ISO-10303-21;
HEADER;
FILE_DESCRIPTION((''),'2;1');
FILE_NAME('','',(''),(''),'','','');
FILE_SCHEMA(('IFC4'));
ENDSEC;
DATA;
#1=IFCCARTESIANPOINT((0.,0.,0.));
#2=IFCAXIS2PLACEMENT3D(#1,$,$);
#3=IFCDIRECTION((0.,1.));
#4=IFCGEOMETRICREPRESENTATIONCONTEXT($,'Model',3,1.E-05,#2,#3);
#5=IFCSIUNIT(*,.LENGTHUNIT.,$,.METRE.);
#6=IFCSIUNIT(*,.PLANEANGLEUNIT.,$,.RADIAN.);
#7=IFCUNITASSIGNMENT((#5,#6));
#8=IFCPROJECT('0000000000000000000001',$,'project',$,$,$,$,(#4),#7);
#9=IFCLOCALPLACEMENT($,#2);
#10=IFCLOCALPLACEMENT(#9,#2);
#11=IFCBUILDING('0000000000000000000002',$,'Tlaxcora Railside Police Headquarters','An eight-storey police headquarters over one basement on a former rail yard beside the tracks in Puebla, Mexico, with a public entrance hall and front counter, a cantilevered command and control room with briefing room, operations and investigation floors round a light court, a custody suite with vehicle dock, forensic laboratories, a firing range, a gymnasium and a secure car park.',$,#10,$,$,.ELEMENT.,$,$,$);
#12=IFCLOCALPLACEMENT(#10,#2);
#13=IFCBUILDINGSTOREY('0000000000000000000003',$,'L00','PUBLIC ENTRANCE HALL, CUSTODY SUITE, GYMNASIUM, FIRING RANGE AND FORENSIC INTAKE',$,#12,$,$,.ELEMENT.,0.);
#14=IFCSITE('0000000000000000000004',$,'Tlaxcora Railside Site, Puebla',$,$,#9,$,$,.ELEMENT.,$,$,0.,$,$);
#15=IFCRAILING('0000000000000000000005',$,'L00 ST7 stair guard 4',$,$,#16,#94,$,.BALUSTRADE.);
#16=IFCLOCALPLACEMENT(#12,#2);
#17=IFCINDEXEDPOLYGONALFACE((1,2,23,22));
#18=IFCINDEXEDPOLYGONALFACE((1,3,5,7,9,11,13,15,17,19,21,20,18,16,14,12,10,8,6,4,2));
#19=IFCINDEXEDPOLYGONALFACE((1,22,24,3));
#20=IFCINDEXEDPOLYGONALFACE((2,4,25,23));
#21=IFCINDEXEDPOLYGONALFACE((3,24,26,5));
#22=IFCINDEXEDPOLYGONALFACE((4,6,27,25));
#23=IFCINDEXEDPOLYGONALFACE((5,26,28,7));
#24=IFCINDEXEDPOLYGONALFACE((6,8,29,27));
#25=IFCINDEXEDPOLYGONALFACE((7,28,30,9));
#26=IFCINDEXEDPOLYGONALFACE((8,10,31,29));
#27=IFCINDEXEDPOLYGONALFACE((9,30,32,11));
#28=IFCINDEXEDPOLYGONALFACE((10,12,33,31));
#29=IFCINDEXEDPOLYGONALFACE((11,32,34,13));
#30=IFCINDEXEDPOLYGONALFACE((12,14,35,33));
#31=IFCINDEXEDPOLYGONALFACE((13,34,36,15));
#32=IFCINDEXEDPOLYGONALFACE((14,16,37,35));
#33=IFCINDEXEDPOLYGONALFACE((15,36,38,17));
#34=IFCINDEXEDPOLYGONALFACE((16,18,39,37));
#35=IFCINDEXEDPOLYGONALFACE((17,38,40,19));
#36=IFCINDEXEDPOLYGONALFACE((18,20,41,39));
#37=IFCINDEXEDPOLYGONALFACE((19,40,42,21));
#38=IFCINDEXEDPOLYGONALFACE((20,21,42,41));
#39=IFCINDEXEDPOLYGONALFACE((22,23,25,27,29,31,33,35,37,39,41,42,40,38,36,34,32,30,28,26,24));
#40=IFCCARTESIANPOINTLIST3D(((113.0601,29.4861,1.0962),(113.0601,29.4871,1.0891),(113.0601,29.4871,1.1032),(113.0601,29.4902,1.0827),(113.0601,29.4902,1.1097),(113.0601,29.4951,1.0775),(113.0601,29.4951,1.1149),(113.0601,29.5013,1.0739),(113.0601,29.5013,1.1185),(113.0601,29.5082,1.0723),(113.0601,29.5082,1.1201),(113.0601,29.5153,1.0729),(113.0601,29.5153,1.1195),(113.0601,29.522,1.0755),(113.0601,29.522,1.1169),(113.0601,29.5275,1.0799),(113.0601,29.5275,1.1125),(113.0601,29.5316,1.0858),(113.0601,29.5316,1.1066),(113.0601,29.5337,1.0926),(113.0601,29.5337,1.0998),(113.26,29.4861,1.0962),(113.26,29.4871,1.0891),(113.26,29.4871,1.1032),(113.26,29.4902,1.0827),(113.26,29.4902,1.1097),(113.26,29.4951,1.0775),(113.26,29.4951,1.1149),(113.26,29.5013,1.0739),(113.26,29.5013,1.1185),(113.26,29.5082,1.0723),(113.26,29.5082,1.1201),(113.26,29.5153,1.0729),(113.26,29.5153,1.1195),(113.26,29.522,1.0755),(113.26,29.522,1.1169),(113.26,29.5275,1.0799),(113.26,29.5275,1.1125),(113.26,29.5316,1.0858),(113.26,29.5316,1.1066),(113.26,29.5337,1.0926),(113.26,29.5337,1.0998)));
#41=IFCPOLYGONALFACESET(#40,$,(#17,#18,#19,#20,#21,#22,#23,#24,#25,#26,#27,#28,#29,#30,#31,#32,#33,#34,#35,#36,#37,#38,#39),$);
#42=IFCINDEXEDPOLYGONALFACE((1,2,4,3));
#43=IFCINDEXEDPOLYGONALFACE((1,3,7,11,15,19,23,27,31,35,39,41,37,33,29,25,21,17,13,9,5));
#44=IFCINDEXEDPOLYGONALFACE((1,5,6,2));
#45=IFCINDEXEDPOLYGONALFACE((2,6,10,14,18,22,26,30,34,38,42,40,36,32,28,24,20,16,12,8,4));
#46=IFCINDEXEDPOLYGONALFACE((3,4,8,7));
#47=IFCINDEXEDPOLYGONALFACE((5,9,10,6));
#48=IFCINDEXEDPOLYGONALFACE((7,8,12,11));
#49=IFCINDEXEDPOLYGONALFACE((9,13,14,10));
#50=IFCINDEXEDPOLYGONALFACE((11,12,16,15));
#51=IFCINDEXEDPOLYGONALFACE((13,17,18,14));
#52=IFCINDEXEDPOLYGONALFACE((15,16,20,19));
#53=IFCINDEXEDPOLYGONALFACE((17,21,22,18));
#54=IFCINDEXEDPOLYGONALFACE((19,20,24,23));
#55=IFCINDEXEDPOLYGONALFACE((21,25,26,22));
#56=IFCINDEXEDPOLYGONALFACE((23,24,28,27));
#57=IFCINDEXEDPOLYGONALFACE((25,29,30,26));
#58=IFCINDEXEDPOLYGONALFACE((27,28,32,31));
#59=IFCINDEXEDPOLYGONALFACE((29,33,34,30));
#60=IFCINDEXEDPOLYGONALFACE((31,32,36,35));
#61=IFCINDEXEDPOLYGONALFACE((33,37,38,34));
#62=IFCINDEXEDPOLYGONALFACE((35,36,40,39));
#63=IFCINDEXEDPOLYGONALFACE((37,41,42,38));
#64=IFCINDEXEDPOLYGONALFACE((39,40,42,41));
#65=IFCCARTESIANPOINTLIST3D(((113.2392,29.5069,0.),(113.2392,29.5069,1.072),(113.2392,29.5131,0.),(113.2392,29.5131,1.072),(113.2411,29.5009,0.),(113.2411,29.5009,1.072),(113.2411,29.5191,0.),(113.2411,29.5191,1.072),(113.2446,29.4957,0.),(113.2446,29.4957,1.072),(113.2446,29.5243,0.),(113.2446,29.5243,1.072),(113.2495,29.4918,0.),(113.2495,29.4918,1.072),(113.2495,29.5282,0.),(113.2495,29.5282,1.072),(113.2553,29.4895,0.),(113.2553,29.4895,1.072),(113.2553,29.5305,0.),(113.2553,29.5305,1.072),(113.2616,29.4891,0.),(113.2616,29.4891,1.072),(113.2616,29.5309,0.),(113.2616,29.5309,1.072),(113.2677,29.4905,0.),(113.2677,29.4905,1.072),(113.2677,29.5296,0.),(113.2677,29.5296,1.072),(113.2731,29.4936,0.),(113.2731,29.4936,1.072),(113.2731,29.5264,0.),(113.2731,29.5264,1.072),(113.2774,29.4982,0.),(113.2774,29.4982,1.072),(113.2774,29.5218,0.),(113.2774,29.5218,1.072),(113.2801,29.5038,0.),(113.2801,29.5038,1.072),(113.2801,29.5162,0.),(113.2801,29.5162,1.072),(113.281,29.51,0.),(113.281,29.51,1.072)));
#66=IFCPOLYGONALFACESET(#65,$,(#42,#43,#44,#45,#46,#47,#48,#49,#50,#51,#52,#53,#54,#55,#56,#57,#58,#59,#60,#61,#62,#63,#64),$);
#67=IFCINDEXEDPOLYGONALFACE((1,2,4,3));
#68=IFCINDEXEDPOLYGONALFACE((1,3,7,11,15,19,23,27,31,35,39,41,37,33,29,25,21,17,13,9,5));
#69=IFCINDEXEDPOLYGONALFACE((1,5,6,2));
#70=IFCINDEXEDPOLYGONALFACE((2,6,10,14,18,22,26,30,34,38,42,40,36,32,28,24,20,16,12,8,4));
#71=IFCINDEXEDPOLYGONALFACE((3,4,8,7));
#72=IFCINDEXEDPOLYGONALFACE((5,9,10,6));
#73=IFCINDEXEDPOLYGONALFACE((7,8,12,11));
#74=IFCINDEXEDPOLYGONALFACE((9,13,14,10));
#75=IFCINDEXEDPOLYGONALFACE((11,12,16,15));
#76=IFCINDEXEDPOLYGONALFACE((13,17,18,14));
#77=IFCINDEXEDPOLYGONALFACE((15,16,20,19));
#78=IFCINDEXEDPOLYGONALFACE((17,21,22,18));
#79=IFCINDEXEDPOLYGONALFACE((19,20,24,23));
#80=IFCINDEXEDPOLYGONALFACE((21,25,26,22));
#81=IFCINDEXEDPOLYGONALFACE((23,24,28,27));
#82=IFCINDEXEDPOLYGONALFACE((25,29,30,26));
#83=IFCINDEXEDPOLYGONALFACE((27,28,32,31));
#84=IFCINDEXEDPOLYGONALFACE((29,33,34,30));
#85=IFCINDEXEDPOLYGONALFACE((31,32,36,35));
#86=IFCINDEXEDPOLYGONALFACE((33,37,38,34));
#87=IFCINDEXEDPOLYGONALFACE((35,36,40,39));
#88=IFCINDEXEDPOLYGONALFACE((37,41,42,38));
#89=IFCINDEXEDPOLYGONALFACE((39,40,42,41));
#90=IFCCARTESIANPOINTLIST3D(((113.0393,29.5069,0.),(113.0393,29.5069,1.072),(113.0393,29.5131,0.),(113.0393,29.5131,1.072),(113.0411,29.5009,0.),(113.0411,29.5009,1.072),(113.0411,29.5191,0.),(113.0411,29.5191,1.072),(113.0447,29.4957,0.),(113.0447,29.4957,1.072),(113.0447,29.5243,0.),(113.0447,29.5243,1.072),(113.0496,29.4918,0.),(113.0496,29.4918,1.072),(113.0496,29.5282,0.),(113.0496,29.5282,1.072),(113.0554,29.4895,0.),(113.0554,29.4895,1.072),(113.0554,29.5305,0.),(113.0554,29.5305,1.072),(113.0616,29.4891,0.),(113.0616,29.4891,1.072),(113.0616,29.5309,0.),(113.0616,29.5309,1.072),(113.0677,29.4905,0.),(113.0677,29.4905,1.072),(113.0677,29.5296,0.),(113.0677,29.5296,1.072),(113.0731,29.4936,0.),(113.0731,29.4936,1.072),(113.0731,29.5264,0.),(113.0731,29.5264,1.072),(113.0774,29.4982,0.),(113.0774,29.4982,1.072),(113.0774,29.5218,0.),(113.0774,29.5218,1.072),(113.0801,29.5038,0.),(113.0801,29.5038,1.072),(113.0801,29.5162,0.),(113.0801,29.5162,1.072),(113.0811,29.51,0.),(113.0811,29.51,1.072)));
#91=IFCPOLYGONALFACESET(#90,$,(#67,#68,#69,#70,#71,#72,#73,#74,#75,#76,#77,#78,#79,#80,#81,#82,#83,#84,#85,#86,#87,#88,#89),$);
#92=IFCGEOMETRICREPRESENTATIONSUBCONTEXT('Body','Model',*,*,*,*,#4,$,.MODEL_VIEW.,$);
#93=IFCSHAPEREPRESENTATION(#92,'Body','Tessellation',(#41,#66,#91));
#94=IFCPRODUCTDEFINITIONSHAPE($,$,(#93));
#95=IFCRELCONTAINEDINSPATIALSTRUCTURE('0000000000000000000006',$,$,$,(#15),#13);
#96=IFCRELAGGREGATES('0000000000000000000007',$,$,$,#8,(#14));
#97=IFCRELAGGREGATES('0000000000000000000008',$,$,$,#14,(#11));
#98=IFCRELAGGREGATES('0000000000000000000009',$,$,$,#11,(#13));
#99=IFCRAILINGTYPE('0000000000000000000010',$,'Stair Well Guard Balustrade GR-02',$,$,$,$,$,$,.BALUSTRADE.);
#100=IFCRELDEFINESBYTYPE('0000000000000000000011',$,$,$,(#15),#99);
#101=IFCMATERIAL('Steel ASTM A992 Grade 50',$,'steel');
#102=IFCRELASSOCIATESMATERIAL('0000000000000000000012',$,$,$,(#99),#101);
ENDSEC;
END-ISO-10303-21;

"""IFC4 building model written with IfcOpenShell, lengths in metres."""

from ifc_helpers import new_model, si_unit, direction, frame, origin, origin_2d, place, context, subcontext, project, spatial, circle, extrude, material, type_object, element, save


model = new_model("IFC4")

# Units and contexts
model_context = context("Model", 3, precision=1e-05, world=origin(), true_north=direction((0.0, 1.0)))
body_context = subcontext(model_context, "Body", "Model", "MODEL_VIEW")
ifc_project = project(units=[si_unit("LENGTHUNIT", "METRE"), si_unit("PLANEANGLEUNIT", "RADIAN")], contexts=[model_context])

# Site, building, storey
site_placement = place(None, origin())
site = spatial("IfcSite", under=ifc_project, at=site_placement, Name="Tlaxcora Railside Site, Puebla", CompositionType="ELEMENT", RefElevation=0.0)
building_placement = place(site_placement, origin())
building = spatial("IfcBuilding", under=site, at=building_placement, Name="Tlaxcora Railside Police Headquarters", Description="An eight-storey police headquarters over one basement on a former rail yard beside the tracks in Puebla, Mexico, with a public entrance hall and front counter, a cantilevered command and control room with briefing room, operations and investigation floors round a light court, a custody suite with vehicle dock, forensic laboratories, a firing range, a gymnasium and a secure car park.", CompositionType="ELEMENT")
storey_placement = place(building_placement, origin())
storey = spatial("IfcBuildingStorey", under=building, at=storey_placement, Name="L00", Description="PUBLIC ENTRANCE HALL, CUSTODY SUITE, GYMNASIUM, FIRING RANGE AND FORENSIC INTAKE", CompositionType="ELEMENT", Elevation=0.0)

# Shared definitions
ifc_material_1 = material(Name="Steel ASTM A992 Grade 50", Category="steel")

# Railing
railing_type_1 = type_object("IfcRailingType", Name="Stair Well Guard Balustrade GR-02", PredefinedType="BALUSTRADE", material=ifc_material_1)
railing_1_placement = place(storey_placement, frame((113.26, 29.51, 0.0)))
element("IfcRailing", 1, at=railing_1_placement, inside=storey, type_object=railing_type_1, Name="L00 ST7 stair guard 4", PredefinedType="BALUSTRADE", context=body_context, shape_type="SweptSolid", body=[
    extrude(circle(Radius=0.0239, at=origin_2d()), frame((0.0, 0.0, 1.0962), z_axis=(-1.0, 0.0, 0.0), x_axis=(0.0, -1.0, 0.0)), (0.0, 0.0, 1.0), 0.2),
    extrude(circle(Radius=0.021, at=origin_2d()), origin(), (0.0, 0.0, 1.0), 1.072),
    extrude(circle(Radius=0.021, at=origin_2d()), frame((-0.2, 0.0, 0.0)), (0.0, 0.0, 1.0), 1.072),
])

save(model, "model.ifc")
